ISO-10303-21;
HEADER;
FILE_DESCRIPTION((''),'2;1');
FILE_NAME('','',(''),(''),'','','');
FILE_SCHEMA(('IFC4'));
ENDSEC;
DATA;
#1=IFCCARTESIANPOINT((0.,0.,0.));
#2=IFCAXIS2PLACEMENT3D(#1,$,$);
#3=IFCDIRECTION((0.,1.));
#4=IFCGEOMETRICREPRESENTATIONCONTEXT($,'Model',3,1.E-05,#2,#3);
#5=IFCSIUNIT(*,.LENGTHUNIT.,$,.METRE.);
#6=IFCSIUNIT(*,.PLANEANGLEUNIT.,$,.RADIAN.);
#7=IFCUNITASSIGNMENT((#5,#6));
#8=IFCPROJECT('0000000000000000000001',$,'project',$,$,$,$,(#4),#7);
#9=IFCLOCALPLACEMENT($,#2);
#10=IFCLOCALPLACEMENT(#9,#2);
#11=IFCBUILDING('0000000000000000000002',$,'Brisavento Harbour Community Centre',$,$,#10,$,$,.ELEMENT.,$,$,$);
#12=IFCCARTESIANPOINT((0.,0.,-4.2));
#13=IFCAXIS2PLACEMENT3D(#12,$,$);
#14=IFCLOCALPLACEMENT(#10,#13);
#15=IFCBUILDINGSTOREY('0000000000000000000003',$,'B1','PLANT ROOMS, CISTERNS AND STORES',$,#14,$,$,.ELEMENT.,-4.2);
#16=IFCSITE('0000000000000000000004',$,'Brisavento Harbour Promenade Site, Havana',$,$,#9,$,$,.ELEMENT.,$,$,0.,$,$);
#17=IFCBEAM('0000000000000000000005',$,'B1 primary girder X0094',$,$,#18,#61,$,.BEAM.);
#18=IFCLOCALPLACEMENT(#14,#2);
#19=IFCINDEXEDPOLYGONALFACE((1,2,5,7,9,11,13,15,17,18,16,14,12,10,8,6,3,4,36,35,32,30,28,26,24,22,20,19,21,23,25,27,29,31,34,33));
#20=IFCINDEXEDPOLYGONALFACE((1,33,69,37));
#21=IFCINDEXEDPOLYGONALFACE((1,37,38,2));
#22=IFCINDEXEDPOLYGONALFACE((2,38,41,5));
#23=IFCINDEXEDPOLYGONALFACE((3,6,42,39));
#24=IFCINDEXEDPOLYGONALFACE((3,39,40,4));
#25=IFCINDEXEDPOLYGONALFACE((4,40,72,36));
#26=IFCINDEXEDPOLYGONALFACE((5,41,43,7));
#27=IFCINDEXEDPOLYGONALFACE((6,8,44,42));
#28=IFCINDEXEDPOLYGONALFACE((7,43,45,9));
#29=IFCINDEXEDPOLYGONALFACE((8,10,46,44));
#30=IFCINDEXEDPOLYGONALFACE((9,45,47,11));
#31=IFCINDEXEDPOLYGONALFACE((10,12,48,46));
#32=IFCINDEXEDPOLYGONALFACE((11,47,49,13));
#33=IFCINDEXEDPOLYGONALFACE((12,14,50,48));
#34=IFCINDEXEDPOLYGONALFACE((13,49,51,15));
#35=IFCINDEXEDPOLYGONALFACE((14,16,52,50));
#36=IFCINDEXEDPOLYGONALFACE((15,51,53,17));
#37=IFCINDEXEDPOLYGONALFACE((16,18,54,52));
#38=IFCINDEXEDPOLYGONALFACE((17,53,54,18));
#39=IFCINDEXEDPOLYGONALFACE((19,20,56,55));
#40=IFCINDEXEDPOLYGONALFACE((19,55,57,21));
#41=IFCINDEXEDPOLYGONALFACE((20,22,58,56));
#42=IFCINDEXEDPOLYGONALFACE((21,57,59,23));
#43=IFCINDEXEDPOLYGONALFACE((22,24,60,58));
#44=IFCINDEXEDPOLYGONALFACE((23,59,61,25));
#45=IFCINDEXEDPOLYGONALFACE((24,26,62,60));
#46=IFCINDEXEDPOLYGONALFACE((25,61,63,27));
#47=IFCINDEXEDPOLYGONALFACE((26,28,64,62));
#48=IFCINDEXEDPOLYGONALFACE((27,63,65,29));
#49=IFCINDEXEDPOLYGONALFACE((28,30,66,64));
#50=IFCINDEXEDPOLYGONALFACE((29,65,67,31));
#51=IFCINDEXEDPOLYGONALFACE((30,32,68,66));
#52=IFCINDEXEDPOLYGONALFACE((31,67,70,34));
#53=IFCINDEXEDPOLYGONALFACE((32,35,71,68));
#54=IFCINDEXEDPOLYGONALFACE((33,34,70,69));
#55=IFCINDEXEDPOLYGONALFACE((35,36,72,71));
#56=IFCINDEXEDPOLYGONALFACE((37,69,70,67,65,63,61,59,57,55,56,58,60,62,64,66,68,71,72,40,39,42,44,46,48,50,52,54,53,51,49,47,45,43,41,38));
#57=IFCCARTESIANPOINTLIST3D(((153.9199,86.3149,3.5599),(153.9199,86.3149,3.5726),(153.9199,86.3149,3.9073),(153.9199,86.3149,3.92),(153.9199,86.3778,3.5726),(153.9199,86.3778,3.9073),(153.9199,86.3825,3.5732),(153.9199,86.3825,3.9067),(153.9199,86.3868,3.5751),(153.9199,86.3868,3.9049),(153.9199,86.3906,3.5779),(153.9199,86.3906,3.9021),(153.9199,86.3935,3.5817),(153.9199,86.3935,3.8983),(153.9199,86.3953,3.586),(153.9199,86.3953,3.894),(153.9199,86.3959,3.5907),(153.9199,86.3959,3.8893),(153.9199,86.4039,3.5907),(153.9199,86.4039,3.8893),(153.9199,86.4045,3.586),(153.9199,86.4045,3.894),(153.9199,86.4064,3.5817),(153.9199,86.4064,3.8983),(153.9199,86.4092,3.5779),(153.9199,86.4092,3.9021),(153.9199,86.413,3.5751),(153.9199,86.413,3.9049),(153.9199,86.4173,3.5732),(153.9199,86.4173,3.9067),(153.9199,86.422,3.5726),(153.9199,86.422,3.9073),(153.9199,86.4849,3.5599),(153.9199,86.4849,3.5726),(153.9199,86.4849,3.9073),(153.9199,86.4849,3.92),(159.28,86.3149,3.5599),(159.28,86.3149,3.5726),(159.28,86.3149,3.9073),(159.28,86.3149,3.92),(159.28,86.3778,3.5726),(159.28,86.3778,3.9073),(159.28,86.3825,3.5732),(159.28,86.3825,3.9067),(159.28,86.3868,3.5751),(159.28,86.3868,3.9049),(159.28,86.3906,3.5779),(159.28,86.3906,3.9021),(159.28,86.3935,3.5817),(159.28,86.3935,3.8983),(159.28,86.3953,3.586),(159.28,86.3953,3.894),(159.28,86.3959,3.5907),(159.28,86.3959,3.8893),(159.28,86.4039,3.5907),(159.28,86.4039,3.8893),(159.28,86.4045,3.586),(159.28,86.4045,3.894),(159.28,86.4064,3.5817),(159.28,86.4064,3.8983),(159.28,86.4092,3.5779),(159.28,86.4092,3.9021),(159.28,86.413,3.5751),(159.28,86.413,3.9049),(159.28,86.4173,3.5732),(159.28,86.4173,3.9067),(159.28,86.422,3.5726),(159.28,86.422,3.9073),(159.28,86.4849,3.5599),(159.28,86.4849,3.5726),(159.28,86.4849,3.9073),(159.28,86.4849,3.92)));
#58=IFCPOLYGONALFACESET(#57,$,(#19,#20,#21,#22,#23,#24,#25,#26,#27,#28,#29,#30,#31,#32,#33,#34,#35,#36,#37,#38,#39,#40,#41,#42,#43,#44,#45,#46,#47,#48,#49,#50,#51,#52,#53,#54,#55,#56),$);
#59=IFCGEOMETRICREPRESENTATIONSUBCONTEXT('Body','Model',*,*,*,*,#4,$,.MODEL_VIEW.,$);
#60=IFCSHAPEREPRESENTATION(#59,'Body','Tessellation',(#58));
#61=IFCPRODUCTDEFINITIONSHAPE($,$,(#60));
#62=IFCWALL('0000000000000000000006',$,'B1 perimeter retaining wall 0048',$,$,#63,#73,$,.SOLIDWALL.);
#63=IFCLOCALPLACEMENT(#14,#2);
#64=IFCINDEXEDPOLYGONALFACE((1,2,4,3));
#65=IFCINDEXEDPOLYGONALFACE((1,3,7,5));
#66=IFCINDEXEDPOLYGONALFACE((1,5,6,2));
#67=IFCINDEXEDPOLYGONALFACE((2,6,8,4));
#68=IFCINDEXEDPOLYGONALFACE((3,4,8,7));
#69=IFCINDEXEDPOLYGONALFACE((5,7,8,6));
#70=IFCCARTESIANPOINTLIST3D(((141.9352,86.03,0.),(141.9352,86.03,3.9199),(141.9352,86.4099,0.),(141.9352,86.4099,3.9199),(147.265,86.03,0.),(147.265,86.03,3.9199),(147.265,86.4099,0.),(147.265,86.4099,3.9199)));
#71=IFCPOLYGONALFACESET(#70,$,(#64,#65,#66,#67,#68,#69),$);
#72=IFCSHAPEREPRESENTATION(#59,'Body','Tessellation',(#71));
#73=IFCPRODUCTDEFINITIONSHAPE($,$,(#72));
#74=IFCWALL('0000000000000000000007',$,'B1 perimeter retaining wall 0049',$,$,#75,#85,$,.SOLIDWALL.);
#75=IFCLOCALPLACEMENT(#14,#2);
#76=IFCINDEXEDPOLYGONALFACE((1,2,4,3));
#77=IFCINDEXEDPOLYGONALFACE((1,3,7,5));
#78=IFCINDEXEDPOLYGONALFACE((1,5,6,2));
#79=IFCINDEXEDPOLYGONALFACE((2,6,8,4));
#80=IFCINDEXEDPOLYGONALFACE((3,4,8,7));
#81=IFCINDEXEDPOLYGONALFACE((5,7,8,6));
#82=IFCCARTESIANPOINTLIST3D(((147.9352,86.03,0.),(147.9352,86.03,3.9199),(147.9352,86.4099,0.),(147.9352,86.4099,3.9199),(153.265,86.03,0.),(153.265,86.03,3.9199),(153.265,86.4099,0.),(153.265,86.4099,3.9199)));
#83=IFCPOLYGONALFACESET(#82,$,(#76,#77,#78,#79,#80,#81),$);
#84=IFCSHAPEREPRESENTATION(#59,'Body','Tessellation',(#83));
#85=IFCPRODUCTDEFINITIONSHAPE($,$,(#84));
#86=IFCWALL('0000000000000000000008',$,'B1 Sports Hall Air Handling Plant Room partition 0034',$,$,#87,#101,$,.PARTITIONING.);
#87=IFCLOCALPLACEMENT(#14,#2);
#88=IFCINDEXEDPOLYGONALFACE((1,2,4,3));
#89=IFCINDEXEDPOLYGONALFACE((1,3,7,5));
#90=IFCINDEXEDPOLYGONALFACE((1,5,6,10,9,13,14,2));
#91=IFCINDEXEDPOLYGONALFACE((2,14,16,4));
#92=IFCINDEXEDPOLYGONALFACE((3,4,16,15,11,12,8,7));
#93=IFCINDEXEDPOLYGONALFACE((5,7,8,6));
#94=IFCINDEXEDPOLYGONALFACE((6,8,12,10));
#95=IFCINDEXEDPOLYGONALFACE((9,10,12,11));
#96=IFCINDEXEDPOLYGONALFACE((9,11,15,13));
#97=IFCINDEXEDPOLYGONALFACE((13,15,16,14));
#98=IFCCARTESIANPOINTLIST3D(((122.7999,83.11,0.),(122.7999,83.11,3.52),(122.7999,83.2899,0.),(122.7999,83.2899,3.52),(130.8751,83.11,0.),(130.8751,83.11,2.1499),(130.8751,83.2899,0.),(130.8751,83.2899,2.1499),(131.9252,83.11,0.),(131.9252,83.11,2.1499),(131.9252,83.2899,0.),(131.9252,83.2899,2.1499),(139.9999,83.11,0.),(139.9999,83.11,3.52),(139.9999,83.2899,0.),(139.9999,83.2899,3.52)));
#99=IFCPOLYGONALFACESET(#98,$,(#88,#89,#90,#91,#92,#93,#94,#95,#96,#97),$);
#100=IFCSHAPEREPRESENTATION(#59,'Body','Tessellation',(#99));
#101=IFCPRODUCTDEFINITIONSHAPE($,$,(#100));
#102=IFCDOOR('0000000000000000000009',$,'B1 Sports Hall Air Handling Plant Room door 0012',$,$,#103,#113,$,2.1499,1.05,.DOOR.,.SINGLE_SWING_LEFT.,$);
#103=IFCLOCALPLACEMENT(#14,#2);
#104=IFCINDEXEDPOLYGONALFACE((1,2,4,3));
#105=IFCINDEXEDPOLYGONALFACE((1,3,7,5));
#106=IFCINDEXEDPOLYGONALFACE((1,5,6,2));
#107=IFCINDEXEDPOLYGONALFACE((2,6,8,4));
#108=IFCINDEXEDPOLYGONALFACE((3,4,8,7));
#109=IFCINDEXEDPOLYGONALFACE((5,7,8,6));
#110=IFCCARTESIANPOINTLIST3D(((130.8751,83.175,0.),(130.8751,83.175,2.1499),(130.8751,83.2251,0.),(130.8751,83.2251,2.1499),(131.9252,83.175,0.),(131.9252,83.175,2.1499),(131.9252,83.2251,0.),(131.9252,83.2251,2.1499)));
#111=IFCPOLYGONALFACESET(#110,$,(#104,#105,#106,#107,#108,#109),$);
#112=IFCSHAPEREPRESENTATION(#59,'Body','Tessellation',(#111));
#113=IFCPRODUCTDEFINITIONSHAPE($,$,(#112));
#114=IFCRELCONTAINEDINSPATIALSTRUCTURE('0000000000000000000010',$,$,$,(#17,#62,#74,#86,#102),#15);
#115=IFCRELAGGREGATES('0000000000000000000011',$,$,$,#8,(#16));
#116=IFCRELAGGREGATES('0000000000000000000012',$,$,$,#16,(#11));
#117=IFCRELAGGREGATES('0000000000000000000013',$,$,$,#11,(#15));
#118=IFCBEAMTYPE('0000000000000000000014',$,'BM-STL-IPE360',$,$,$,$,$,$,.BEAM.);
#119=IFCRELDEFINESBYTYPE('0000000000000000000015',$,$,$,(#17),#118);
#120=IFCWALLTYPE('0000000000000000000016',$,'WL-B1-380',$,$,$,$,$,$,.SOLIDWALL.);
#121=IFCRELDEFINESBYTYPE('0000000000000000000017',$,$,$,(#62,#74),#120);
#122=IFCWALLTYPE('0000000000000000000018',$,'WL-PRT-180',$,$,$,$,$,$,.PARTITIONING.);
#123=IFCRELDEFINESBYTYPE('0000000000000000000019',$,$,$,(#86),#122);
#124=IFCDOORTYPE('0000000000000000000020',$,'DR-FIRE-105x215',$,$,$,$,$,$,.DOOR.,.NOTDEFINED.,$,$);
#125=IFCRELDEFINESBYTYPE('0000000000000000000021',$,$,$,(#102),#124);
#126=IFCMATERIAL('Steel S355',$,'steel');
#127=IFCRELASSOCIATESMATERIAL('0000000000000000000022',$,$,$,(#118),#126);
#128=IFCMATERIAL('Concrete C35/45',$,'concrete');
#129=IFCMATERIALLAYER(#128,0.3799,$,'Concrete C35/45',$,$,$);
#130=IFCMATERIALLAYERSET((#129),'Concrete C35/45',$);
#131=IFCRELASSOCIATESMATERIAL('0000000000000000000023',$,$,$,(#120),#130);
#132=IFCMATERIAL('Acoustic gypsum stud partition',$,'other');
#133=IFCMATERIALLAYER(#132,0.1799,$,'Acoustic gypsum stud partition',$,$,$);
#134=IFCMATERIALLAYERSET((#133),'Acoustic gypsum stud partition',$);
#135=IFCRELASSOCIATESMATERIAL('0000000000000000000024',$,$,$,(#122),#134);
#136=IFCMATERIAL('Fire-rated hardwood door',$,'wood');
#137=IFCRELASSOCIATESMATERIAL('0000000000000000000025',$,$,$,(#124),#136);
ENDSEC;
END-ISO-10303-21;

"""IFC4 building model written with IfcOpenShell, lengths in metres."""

from ifc_helpers import new_model, si_unit, direction, frame, frame_2d, origin, origin_2d, place, context, subcontext, project, spatial, rectangle, i_section, extrude, material, layer, layer_set, material_profile, profile_set, type_object, element, fill, save


model = new_model("IFC4")

# Units and contexts
model_context = context("Model", 3, precision=1e-05, world=origin(), true_north=direction((0.0, 1.0)))
body_context = subcontext(model_context, "Body", "Model", "MODEL_VIEW")
ifc_project = project(units=[si_unit("LENGTHUNIT", "METRE"), si_unit("PLANEANGLEUNIT", "RADIAN")], contexts=[model_context])

# Site, building, storey
site_placement = place(None, origin())
site = spatial("IfcSite", under=ifc_project, at=site_placement, Name="Brisavento Harbour Promenade Site, Havana", CompositionType="ELEMENT", RefElevation=0.0)
building_placement = place(site_placement, origin())
building = spatial("IfcBuilding", under=site, at=building_placement, Name="Brisavento Harbour Community Centre", CompositionType="ELEMENT")
storey_placement = place(building_placement, frame((0.0, 0.0, -4.2)))
storey = spatial("IfcBuildingStorey", under=building, at=storey_placement, Name="B1", Description="PLANT ROOMS, CISTERNS AND STORES", CompositionType="ELEMENT", Elevation=-4.2)

# Shared definitions
ifc_material_1 = material(Name="Concrete C35/45", Category="concrete")

# Beam
ifc_material_2 = material(Name="Steel S355", Category="steel")
ifc_material_profile_1 = material_profile(ifc_material_2, i_section(OverallWidth=0.1699, OverallDepth=0.3601, WebThickness=0.0081, FlangeThickness=0.0127, FilletRadius=0.0181, at=origin_2d()), Name="Steel S355")
ifc_profile_set_1 = profile_set([ifc_material_profile_1], Name="Steel S355")
beam_type_1 = type_object("IfcBeamType", Name="BM-STL-IPE360", PredefinedType="BEAM", material=ifc_profile_set_1)
for number, where, z_axis, x_axis, name in (
    (1, (153.9199, 86.3999, 3.74), (1.0, 0.0, 0.0), (0.0, 1.0, 0.0), "B1 primary girder X0094"),
):
    element("IfcBeam", number, at=place(storey_placement, frame(where, z_axis=z_axis, x_axis=x_axis)), inside=storey, type_object=beam_type_1, Name=name, PredefinedType="BEAM", context=body_context, shape_type="SweptSolid", body=[
        extrude(i_section(OverallWidth=0.1699, OverallDepth=0.3601, WebThickness=0.0081, FlangeThickness=0.0127, FilletRadius=0.0181, at=origin_2d()), origin(), (0.0, 0.0, 1.0), 5.3601),
    ])

# Walls
ifc_layer_1 = layer(ifc_material_1, 0.3799, Name="Concrete C35/45")
ifc_layer_set_1 = layer_set([ifc_layer_1], Name="Concrete C35/45")
wall_type_1 = type_object("IfcWallType", Name="WL-B1-380", PredefinedType="SOLIDWALL", material=ifc_layer_set_1)
for number, where, z_axis, x_axis, name in (
    (2, (141.9351, 86.22, 0.0), (0.0, 0.0, 1.0), (1.0, 0.0, 0.0), "B1 perimeter retaining wall 0048"),
    (3, (147.9351, 86.22, 0.0), (0.0, 0.0, 1.0), (1.0, 0.0, 0.0), "B1 perimeter retaining wall 0049"),
):
    element("IfcWall", number, at=place(storey_placement, frame(where, z_axis=z_axis, x_axis=x_axis)), inside=storey, type_object=wall_type_1, Name=name, PredefinedType="SOLIDWALL", context=body_context, shape_type="SweptSolid", body=[
        extrude(rectangle(XDim=5.3298, YDim=0.3799, at=frame_2d((2.665, 0.0))), origin(), (0.0, 0.0, 1.0), 3.9199),
    ])

# Wall, opening, door
ifc_material_3 = material(Name="Acoustic gypsum stud partition", Category="other")
ifc_layer_2 = layer(ifc_material_3, 0.1799, Name="Acoustic gypsum stud partition")
ifc_layer_set_2 = layer_set([ifc_layer_2], Name="Acoustic gypsum stud partition")
wall_type_2 = type_object("IfcWallType", Name="WL-PRT-180", PredefinedType="PARTITIONING", material=ifc_layer_set_2)
wall_placement = place(storey_placement, frame((140.0, 83.2, 0.0), z_axis=(0.0, 0.0, 1.0), x_axis=(-1.0, 0.0, 0.0)))
wall = element("IfcWall", 4, at=wall_placement, inside=storey, type_object=wall_type_2, Name="B1 Sports Hall Air Handling Plant Room partition 0034", PredefinedType="PARTITIONING", context=body_context, shape_type="SweptSolid", body=[
    extrude(rectangle(XDim=17.2, YDim=0.1799, at=frame_2d((8.6001, 0.0))), origin(), (0.0, 0.0, 1.0), 3.52),
])
opening_placement = place(wall_placement, frame((8.075, 0.0, 0.0)))
opening = element("IfcOpeningElement", 5, at=opening_placement, cuts=wall, PredefinedType="OPENING", context=body_context, shape_type="SweptSolid", body=[
    extrude(rectangle(XDim=1.05, YDim=2.1499, at=frame_2d((0.5249, 1.075))), frame((0.0, 0.1001, 0.0), z_axis=(0.0, -1.0, 0.0), x_axis=(1.0, 0.0, 0.0)), (0.0, 0.0, 1.0), 0.2),
])
ifc_material_4 = material(Name="Fire-rated hardwood door", Category="wood")
door_type = type_object("IfcDoorType", Name="DR-FIRE-105x215", OperationType="NOTDEFINED", PredefinedType="DOOR", material=ifc_material_4)
door_placement = place(opening_placement, origin())
door = element("IfcDoor", 6, at=door_placement, inside=storey, type_object=door_type, Name="B1 Sports Hall Air Handling Plant Room door 0012", OperationType="SINGLE_SWING_LEFT", OverallHeight=2.1499, OverallWidth=1.05, PredefinedType="DOOR", context=body_context, shape_type="SweptSolid", body=[
    extrude(rectangle(XDim=1.05, YDim=2.1499, at=frame_2d((0.5249, 1.075))), frame((0.0, 0.0249, 0.0), z_axis=(0.0, -1.0, 0.0), x_axis=(1.0, 0.0, 0.0)), (0.0, 0.0, 1.0), 0.05),
])
fill(opening, door)

save(model, "model.ifc")
